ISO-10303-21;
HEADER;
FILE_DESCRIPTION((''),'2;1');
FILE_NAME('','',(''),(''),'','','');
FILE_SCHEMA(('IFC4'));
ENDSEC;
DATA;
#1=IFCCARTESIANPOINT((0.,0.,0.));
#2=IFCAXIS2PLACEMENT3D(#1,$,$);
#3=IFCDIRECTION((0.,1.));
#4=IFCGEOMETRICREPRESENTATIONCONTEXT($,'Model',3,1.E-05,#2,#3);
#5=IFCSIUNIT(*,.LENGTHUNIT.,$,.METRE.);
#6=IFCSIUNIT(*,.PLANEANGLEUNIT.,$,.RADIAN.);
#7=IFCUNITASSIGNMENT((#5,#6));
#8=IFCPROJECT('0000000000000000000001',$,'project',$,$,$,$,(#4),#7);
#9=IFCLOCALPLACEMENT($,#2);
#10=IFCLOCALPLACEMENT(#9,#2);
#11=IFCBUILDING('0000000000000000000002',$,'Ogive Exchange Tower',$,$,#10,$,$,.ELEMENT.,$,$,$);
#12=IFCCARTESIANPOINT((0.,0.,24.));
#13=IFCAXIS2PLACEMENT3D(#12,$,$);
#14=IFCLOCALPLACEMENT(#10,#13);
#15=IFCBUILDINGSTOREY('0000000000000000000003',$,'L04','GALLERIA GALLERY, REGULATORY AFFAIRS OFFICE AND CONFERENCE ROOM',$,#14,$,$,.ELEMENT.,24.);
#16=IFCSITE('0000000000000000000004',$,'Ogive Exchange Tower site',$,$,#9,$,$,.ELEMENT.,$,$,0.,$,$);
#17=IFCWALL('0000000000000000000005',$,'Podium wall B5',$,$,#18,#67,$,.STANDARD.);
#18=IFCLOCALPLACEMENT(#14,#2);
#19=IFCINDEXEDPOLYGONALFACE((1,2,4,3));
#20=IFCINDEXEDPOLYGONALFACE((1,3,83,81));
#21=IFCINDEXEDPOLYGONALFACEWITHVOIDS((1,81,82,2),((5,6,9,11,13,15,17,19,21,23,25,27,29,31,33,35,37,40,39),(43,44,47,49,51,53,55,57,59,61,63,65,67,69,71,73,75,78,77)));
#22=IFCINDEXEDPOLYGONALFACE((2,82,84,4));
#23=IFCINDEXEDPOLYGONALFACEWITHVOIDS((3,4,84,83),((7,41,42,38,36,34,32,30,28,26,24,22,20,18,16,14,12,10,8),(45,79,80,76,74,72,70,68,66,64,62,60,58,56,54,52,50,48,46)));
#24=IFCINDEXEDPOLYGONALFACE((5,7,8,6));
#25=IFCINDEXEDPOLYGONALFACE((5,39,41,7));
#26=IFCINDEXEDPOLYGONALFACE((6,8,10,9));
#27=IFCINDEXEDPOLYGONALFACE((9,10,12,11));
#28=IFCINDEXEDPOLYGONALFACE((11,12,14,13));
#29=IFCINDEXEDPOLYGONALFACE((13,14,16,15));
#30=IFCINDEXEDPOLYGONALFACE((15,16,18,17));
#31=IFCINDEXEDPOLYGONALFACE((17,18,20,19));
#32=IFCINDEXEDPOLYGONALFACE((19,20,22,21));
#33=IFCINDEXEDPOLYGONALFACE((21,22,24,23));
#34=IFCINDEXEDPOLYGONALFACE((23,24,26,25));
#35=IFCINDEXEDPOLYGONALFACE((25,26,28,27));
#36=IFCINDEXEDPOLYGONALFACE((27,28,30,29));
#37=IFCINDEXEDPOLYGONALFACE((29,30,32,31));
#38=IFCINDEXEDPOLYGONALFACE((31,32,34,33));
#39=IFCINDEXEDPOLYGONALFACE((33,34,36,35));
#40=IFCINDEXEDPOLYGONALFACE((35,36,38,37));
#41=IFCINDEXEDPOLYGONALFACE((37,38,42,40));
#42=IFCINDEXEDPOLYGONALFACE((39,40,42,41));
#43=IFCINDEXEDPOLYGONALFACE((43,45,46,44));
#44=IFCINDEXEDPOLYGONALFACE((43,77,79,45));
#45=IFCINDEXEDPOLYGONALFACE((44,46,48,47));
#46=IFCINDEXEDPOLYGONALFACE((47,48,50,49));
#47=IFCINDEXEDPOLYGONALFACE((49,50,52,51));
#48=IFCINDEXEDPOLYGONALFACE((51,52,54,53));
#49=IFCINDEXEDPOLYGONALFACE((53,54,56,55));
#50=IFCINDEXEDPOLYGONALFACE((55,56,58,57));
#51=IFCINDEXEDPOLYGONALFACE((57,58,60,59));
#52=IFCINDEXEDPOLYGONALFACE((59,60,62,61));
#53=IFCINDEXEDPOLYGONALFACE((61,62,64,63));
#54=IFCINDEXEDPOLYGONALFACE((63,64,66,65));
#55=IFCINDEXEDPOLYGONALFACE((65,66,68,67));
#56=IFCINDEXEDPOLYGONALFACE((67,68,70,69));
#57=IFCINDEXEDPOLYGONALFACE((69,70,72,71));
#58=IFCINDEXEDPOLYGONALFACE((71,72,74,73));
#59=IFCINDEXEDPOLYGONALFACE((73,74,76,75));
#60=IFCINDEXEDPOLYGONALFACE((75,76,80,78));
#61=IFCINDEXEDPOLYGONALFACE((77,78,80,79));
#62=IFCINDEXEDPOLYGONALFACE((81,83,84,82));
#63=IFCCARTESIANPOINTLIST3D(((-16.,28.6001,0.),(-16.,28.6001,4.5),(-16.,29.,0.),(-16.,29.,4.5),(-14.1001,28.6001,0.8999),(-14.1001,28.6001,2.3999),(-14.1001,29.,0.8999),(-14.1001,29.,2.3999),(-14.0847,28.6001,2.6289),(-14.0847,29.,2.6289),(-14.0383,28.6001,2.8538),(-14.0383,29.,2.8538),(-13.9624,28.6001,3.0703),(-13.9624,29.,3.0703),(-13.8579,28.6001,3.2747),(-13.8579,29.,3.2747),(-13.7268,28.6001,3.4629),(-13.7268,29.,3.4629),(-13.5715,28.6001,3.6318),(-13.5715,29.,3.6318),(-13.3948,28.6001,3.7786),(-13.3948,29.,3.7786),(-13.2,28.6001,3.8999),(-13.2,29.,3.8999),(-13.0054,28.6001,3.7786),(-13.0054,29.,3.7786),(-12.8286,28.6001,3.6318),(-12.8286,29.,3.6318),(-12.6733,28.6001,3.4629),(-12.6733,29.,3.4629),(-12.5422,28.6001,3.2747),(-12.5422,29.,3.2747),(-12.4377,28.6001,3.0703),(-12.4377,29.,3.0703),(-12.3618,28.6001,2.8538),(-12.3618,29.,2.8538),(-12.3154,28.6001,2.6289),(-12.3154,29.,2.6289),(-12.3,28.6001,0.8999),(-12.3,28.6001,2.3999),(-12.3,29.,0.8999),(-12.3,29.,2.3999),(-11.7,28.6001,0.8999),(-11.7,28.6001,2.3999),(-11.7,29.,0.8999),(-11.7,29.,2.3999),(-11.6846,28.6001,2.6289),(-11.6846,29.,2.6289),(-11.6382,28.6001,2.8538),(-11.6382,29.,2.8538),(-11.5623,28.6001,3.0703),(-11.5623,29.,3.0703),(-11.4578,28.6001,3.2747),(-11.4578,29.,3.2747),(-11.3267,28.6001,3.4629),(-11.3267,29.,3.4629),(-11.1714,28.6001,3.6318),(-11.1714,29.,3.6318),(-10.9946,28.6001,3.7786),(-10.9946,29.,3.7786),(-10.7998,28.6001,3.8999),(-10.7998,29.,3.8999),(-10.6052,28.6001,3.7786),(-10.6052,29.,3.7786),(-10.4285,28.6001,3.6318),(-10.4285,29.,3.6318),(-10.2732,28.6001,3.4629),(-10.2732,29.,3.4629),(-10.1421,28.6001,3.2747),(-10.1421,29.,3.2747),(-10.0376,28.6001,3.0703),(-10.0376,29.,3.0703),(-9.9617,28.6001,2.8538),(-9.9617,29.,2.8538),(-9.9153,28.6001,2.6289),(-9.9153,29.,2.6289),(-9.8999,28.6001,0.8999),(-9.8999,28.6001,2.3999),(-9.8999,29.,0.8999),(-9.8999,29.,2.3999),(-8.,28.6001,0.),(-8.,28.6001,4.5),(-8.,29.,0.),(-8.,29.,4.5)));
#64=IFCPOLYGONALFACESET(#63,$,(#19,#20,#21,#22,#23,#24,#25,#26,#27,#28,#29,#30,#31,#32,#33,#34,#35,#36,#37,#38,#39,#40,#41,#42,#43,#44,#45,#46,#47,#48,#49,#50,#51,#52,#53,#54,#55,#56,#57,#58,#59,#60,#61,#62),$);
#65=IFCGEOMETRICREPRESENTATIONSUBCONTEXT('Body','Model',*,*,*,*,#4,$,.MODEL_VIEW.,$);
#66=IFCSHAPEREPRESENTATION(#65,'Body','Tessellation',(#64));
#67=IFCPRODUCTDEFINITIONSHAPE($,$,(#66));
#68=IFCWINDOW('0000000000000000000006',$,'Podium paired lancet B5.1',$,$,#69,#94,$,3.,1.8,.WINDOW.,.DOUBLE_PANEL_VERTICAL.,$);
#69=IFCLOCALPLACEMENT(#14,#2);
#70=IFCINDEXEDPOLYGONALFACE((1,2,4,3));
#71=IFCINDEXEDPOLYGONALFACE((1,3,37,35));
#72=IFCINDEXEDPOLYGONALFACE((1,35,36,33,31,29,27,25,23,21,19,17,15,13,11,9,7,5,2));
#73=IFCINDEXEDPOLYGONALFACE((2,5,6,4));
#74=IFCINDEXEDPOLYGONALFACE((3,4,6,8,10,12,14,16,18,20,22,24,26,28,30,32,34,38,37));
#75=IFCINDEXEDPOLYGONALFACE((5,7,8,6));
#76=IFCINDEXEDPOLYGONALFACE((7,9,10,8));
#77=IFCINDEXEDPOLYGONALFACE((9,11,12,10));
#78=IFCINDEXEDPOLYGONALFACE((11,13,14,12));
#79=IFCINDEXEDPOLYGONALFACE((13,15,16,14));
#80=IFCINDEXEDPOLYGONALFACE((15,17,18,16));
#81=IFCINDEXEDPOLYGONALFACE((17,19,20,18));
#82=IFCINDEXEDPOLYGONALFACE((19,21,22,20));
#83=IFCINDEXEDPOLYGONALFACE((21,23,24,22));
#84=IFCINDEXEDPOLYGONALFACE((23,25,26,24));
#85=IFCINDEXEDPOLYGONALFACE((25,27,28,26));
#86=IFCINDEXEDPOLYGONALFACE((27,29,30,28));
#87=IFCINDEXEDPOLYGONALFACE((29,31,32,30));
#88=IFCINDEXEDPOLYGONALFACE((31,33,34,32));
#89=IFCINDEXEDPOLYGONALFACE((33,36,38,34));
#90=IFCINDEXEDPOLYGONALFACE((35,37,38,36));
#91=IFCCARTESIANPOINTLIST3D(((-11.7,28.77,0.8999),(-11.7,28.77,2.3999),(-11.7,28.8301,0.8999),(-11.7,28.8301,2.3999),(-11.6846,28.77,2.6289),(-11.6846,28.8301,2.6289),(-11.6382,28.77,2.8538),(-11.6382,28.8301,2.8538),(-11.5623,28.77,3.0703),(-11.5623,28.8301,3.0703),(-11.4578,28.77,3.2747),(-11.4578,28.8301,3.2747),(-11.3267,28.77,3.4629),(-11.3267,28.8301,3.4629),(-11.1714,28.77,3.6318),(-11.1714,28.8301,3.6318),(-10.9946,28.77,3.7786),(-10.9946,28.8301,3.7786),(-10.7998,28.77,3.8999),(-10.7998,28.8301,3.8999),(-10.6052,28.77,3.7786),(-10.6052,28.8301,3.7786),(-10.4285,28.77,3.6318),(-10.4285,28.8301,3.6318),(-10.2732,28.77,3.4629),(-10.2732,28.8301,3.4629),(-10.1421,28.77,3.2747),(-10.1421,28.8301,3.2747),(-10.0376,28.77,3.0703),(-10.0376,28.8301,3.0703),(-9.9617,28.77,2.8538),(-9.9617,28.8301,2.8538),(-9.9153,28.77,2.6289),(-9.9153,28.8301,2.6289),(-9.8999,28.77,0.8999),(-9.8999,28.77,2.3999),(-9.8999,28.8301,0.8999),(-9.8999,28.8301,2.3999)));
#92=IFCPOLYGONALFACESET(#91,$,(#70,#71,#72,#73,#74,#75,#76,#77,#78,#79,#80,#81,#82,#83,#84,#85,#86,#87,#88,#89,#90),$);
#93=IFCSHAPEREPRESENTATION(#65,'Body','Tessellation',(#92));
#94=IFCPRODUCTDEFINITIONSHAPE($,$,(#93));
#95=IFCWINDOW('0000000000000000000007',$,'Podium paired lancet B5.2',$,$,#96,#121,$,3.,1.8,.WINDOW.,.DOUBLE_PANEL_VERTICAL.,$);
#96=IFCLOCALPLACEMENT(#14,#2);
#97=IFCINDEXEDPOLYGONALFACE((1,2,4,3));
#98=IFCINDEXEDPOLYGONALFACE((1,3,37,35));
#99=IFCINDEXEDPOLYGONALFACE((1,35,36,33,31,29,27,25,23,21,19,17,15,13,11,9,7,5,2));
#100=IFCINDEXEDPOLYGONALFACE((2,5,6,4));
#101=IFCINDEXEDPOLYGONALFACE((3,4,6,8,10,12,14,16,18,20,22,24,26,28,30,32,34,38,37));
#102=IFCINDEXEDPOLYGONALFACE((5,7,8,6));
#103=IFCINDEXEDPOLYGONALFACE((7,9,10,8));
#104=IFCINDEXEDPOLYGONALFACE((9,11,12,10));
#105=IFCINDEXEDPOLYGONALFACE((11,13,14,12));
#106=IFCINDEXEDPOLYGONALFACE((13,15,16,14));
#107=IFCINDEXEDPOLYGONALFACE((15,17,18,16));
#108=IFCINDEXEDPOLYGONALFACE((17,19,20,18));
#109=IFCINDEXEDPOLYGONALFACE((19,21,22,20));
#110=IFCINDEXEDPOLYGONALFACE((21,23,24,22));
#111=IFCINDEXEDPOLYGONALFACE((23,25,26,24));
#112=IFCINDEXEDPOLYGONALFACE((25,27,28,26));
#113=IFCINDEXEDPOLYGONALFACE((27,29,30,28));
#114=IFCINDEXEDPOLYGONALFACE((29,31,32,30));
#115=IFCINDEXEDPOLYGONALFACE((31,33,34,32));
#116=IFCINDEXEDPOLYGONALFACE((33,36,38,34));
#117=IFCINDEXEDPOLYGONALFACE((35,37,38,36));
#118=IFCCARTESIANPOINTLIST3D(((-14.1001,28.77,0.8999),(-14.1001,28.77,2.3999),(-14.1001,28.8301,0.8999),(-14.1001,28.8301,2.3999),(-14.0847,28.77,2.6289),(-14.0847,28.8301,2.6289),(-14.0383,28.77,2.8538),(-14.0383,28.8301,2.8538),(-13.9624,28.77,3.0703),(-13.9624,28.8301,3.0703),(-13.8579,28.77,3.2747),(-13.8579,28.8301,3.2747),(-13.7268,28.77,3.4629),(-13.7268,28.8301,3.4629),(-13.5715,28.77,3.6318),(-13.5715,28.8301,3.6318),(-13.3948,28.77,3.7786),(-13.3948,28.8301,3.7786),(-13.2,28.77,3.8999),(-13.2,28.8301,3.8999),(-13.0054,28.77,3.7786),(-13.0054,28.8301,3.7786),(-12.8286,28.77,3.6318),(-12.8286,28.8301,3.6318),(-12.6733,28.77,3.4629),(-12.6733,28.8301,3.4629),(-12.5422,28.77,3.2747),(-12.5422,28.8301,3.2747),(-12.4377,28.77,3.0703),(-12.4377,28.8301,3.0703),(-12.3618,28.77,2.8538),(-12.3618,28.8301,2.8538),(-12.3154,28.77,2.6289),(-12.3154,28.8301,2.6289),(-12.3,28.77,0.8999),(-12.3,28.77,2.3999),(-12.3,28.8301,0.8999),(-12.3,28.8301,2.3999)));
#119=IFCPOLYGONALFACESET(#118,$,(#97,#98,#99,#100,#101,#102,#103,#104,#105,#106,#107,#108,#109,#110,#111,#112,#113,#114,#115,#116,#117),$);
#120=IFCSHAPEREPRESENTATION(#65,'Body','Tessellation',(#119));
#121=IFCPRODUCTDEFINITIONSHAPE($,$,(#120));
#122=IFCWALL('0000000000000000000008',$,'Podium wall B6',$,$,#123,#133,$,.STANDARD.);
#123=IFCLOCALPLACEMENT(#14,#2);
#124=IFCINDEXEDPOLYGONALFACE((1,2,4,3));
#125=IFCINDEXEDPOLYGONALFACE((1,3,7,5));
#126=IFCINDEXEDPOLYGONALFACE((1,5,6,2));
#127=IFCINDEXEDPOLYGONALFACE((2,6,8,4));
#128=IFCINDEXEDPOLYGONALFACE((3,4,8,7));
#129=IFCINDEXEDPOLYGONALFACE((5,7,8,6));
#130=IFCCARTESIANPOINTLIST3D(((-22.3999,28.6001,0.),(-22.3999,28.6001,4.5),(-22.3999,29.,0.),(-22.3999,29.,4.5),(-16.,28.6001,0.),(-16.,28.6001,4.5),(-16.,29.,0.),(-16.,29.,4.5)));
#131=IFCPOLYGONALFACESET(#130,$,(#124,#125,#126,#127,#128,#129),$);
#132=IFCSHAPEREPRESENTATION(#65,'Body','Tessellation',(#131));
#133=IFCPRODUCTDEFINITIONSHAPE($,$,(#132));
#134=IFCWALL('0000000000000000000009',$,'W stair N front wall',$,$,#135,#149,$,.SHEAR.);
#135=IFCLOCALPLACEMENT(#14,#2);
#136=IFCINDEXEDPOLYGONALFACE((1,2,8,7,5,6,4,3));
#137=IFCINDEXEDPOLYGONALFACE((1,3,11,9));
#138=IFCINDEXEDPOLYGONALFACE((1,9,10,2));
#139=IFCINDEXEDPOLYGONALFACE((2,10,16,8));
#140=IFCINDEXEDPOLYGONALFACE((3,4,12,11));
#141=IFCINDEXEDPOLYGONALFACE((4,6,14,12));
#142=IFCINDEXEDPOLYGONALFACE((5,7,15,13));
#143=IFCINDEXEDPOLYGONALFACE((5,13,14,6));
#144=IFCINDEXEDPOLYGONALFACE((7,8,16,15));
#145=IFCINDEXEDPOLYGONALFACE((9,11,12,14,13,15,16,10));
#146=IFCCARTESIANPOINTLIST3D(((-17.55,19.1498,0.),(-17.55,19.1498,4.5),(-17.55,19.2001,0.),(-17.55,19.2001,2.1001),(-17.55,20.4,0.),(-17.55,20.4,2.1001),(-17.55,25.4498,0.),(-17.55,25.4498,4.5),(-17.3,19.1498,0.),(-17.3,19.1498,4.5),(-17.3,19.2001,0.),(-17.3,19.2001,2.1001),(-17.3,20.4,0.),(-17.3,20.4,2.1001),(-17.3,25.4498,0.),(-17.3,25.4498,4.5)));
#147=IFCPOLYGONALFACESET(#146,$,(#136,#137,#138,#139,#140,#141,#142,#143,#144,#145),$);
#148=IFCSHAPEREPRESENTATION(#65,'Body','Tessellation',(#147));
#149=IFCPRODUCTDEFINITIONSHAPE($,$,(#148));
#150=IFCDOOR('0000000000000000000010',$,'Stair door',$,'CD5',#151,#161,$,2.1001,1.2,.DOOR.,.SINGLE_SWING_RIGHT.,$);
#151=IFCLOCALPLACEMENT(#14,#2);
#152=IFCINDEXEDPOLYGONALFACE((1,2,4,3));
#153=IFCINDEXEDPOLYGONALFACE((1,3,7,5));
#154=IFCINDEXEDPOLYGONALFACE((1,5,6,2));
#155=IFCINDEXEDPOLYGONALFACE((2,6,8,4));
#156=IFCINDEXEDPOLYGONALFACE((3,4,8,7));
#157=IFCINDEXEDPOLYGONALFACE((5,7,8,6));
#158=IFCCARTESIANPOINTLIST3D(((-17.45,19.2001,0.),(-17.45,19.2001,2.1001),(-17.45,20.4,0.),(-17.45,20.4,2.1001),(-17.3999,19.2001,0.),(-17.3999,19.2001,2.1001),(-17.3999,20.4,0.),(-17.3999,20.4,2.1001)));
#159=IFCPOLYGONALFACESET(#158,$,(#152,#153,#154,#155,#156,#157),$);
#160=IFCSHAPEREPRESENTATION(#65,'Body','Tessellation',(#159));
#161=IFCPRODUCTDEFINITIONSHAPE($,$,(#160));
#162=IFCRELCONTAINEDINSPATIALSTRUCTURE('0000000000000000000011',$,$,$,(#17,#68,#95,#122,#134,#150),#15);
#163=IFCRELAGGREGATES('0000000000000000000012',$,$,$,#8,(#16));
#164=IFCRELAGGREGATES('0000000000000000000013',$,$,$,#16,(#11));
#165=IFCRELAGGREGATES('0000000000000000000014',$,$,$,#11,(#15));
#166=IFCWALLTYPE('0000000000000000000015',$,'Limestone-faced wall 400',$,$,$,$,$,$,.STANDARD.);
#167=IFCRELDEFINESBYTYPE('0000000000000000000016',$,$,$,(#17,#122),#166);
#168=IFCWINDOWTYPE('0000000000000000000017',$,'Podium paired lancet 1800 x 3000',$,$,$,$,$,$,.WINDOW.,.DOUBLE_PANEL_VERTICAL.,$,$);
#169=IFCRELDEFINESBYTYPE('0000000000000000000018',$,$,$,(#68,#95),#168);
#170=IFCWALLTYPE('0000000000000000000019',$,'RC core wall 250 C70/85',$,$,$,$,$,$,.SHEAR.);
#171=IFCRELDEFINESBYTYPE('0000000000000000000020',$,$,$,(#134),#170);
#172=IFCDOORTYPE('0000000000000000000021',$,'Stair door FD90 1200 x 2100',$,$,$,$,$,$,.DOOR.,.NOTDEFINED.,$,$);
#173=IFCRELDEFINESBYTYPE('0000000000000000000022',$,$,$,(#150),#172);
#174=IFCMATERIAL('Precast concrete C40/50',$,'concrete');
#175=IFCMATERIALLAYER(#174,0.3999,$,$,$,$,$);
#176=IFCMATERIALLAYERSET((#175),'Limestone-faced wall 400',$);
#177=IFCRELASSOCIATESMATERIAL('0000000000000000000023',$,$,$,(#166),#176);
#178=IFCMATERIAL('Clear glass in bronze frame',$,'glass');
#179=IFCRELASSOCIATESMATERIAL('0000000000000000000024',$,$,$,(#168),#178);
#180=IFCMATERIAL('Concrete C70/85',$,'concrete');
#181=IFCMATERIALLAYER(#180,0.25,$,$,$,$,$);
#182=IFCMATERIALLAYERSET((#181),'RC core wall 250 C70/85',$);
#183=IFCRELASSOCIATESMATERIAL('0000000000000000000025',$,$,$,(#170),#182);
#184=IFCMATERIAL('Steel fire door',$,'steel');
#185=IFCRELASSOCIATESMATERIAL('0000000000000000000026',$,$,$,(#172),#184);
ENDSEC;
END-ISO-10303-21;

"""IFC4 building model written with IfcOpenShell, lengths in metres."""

from ifc_helpers import new_model, si_unit, direction, frame, frame_2d, origin, place, context, subcontext, project, spatial, polyline, rectangle, outline, extrude, material, layer, layer_set, type_object, element, fill, save


model = new_model("IFC4")

# Units and contexts
model_context = context("Model", 3, precision=1e-05, world=origin(), true_north=direction((0.0, 1.0)))
body_context = subcontext(model_context, "Body", "Model", "MODEL_VIEW")
ifc_project = project(units=[si_unit("LENGTHUNIT", "METRE"), si_unit("PLANEANGLEUNIT", "RADIAN")], contexts=[model_context])

# Site, building, storey
site_placement = place(None, origin())
site = spatial("IfcSite", under=ifc_project, at=site_placement, Name="Ogive Exchange Tower site", CompositionType="ELEMENT", RefElevation=0.0)
building_placement = place(site_placement, origin())
building = spatial("IfcBuilding", under=site, at=building_placement, Name="Ogive Exchange Tower", CompositionType="ELEMENT")
storey_placement = place(building_placement, frame((0.0, 0.0, 24.0)))
storey = spatial("IfcBuildingStorey", under=building, at=storey_placement, Name="L04", Description="GALLERIA GALLERY, REGULATORY AFFAIRS OFFICE AND CONFERENCE ROOM", CompositionType="ELEMENT", Elevation=24.0)

# Shared definitions
ifc_material_1 = material(Name="Concrete C70/85", Category="concrete")

# Wall, openings, windows
ifc_material_2 = material(Name="Precast concrete C40/50", Category="concrete")
ifc_layer_1 = layer(ifc_material_2, 0.3999)
ifc_layer_set_1 = layer_set([ifc_layer_1], Name="Limestone-faced wall 400")
wall_type_1 = type_object("IfcWallType", Name="Limestone-faced wall 400", PredefinedType="STANDARD", material=ifc_layer_set_1)
wall_1_placement = place(storey_placement, frame((-8.0, 28.8, 0.0), z_axis=(0.0, 0.0, 1.0), x_axis=(-1.0, 0.0, 0.0)))
wall_1 = element("IfcWall", 1, at=wall_1_placement, inside=storey, type_object=wall_type_1, Name="Podium wall B5", PredefinedType="STANDARD", context=body_context, shape_type="SweptSolid", body=[
    extrude(rectangle(XDim=8.0, YDim=0.3999, at=frame_2d((4.0, 0.0))), origin(), (0.0, 0.0, 1.0), 4.5),
])
opening_1_placement = place(wall_1_placement, frame((1.8999, 0.0, 0.8999)))
opening_1 = element("IfcOpeningElement", 2, at=opening_1_placement, cuts=wall_1, PredefinedType="OPENING", context=body_context, shape_type="SweptSolid", body=[
    extrude(outline(polyline([(0.0, 0.0), (1.8, 0.0), (1.8, 1.5), (1.7847, 1.729), (1.7383, 1.9539), (1.6624, 2.1704), (1.5579, 2.3748), (1.4268, 2.563), (1.2715, 2.7319), (1.0947, 2.8787), (0.8999, 3.0), (0.7053, 2.8787), (0.5286, 2.7319), (0.3733, 2.563), (0.2422, 2.3748), (0.1377, 2.1704), (0.0618, 1.9539), (0.0154, 1.729), (0.0, 1.5), (0.0, 0.0)])), frame((0.0, 0.21, 0.0), z_axis=(0.0, -1.0, 0.0), x_axis=(1.0, 0.0, 0.0)), (0.0, 0.0, 1.0), 0.4199),
])
opening_2_placement = place(wall_1_placement, frame((4.3, 0.0, 0.8999)))
opening_2 = element("IfcOpeningElement", 3, at=opening_2_placement, cuts=wall_1, PredefinedType="OPENING", context=body_context, shape_type="SweptSolid", body=[
    extrude(outline(polyline([(0.0, 0.0), (1.8, 0.0), (1.8, 1.5), (1.7847, 1.729), (1.7383, 1.9539), (1.6624, 2.1704), (1.5579, 2.3748), (1.4268, 2.563), (1.2715, 2.7319), (1.0947, 2.8787), (0.8999, 3.0), (0.7053, 2.8787), (0.5286, 2.7319), (0.3733, 2.563), (0.2422, 2.3748), (0.1377, 2.1704), (0.0618, 1.9539), (0.0154, 1.729), (0.0, 1.5), (0.0, 0.0)])), frame((0.0, 0.21, 0.0), z_axis=(0.0, -1.0, 0.0), x_axis=(1.0, 0.0, 0.0)), (0.0, 0.0, 1.0), 0.4199),
])
ifc_material_3 = material(Name="Clear glass in bronze frame", Category="glass")
window_type = type_object("IfcWindowType", Name="Podium paired lancet 1800 x 3000", PartitioningType="DOUBLE_PANEL_VERTICAL", PredefinedType="WINDOW", material=ifc_material_3)
window_1_placement = place(opening_1_placement, origin())
window_1 = element("IfcWindow", 4, at=window_1_placement, inside=storey, type_object=window_type, Name="Podium paired lancet B5.1", OverallHeight=3.0, OverallWidth=1.8, PartitioningType="DOUBLE_PANEL_VERTICAL", PredefinedType="WINDOW", context=body_context, shape_type="SweptSolid", body=[
    extrude(outline(polyline([(0.0, 0.0), (1.8, 0.0), (1.8, 1.5), (1.7847, 1.729), (1.7383, 1.9539), (1.6624, 2.1704), (1.5579, 2.3748), (1.4268, 2.563), (1.2715, 2.7319), (1.0947, 2.8787), (0.8999, 3.0), (0.7053, 2.8787), (0.5286, 2.7319), (0.3733, 2.563), (0.2422, 2.3748), (0.1377, 2.1704), (0.0618, 1.9539), (0.0154, 1.729), (0.0, 1.5), (0.0, 0.0)])), frame((0.0, 0.03, 0.0), z_axis=(0.0, -1.0, 0.0), x_axis=(1.0, 0.0, 0.0)), (0.0, 0.0, 1.0), 0.0601),
])
fill(opening_1, window_1)
window_2_placement = place(opening_2_placement, origin())
window_2 = element("IfcWindow", 5, at=window_2_placement, inside=storey, type_object=window_type, Name="Podium paired lancet B5.2", OverallHeight=3.0, OverallWidth=1.8, PartitioningType="DOUBLE_PANEL_VERTICAL", PredefinedType="WINDOW", context=body_context, shape_type="SweptSolid", body=[
    extrude(outline(polyline([(0.0, 0.0), (1.8, 0.0), (1.8, 1.5), (1.7847, 1.729), (1.7383, 1.9539), (1.6624, 2.1704), (1.5579, 2.3748), (1.4268, 2.563), (1.2715, 2.7319), (1.0947, 2.8787), (0.8999, 3.0), (0.7053, 2.8787), (0.5286, 2.7319), (0.3733, 2.563), (0.2422, 2.3748), (0.1377, 2.1704), (0.0618, 1.9539), (0.0154, 1.729), (0.0, 1.5), (0.0, 0.0)])), frame((0.0, 0.03, 0.0), z_axis=(0.0, -1.0, 0.0), x_axis=(1.0, 0.0, 0.0)), (0.0, 0.0, 1.0), 0.0601),
])
fill(opening_2, window_2)

# Wall
wall_2_placement = place(storey_placement, frame((-16.0, 28.8, 0.0), z_axis=(0.0, 0.0, 1.0), x_axis=(-1.0, 0.0, 0.0)))
element("IfcWall", 6, at=wall_2_placement, inside=storey, type_object=wall_type_1, Name="Podium wall B6", PredefinedType="STANDARD", context=body_context, shape_type="SweptSolid", body=[
    extrude(rectangle(XDim=6.3999, YDim=0.3999, at=frame_2d((3.2, 0.0))), origin(), (0.0, 0.0, 1.0), 4.5),
])

# Wall, opening, door
ifc_layer_2 = layer(ifc_material_1, 0.25)
ifc_layer_set_2 = layer_set([ifc_layer_2], Name="RC core wall 250 C70/85")
wall_type_2 = type_object("IfcWallType", Name="RC core wall 250 C70/85", PredefinedType="SHEAR", material=ifc_layer_set_2)
wall_3_placement = place(storey_placement, frame((-17.425, 19.1499, 0.0), z_axis=(0.0, 0.0, 1.0), x_axis=(0.0, 1.0, 0.0)))
wall_3 = element("IfcWall", 7, at=wall_3_placement, inside=storey, type_object=wall_type_2, Name="W stair N front wall", PredefinedType="SHEAR", context=body_context, shape_type="SweptSolid", body=[
    extrude(rectangle(XDim=6.3, YDim=0.25, at=frame_2d((3.1499, 0.0))), origin(), (0.0, 0.0, 1.0), 4.5),
])
opening_3_placement = place(wall_3_placement, frame((0.05, 0.0, 0.0)))
opening_3 = element("IfcOpeningElement", 8, at=opening_3_placement, cuts=wall_3, PredefinedType="OPENING", context=body_context, shape_type="SweptSolid", body=[
    extrude(rectangle(XDim=1.2, YDim=2.1001, at=frame_2d((0.6001, 1.05))), frame((0.0, 0.135, 0.0), z_axis=(0.0, -1.0, 0.0), x_axis=(1.0, 0.0, 0.0)), (0.0, 0.0, 1.0), 0.27),
])
ifc_material_4 = material(Name="Steel fire door", Category="steel")
door_type_1 = type_object("IfcDoorType", Name="Stair door FD90 1200 x 2100", OperationType="NOTDEFINED", PredefinedType="DOOR", material=ifc_material_4)
door_1_placement = place(opening_3_placement, origin())
door_1 = element("IfcDoor", 9, at=door_1_placement, inside=storey, type_object=door_type_1, Name="Stair door", ObjectType="CD5", OperationType="SINGLE_SWING_RIGHT", OverallHeight=2.1001, OverallWidth=1.2, PredefinedType="DOOR", context=body_context, shape_type="SweptSolid", body=[
    extrude(rectangle(XDim=1.2, YDim=2.1001, at=frame_2d((0.6001, 1.05))), frame((0.0, 0.0249, 0.0), z_axis=(0.0, -1.0, 0.0), x_axis=(1.0, 0.0, 0.0)), (0.0, 0.0, 1.0), 0.05),
])
fill(opening_3, door_1)

save(model, "model.ifc")
